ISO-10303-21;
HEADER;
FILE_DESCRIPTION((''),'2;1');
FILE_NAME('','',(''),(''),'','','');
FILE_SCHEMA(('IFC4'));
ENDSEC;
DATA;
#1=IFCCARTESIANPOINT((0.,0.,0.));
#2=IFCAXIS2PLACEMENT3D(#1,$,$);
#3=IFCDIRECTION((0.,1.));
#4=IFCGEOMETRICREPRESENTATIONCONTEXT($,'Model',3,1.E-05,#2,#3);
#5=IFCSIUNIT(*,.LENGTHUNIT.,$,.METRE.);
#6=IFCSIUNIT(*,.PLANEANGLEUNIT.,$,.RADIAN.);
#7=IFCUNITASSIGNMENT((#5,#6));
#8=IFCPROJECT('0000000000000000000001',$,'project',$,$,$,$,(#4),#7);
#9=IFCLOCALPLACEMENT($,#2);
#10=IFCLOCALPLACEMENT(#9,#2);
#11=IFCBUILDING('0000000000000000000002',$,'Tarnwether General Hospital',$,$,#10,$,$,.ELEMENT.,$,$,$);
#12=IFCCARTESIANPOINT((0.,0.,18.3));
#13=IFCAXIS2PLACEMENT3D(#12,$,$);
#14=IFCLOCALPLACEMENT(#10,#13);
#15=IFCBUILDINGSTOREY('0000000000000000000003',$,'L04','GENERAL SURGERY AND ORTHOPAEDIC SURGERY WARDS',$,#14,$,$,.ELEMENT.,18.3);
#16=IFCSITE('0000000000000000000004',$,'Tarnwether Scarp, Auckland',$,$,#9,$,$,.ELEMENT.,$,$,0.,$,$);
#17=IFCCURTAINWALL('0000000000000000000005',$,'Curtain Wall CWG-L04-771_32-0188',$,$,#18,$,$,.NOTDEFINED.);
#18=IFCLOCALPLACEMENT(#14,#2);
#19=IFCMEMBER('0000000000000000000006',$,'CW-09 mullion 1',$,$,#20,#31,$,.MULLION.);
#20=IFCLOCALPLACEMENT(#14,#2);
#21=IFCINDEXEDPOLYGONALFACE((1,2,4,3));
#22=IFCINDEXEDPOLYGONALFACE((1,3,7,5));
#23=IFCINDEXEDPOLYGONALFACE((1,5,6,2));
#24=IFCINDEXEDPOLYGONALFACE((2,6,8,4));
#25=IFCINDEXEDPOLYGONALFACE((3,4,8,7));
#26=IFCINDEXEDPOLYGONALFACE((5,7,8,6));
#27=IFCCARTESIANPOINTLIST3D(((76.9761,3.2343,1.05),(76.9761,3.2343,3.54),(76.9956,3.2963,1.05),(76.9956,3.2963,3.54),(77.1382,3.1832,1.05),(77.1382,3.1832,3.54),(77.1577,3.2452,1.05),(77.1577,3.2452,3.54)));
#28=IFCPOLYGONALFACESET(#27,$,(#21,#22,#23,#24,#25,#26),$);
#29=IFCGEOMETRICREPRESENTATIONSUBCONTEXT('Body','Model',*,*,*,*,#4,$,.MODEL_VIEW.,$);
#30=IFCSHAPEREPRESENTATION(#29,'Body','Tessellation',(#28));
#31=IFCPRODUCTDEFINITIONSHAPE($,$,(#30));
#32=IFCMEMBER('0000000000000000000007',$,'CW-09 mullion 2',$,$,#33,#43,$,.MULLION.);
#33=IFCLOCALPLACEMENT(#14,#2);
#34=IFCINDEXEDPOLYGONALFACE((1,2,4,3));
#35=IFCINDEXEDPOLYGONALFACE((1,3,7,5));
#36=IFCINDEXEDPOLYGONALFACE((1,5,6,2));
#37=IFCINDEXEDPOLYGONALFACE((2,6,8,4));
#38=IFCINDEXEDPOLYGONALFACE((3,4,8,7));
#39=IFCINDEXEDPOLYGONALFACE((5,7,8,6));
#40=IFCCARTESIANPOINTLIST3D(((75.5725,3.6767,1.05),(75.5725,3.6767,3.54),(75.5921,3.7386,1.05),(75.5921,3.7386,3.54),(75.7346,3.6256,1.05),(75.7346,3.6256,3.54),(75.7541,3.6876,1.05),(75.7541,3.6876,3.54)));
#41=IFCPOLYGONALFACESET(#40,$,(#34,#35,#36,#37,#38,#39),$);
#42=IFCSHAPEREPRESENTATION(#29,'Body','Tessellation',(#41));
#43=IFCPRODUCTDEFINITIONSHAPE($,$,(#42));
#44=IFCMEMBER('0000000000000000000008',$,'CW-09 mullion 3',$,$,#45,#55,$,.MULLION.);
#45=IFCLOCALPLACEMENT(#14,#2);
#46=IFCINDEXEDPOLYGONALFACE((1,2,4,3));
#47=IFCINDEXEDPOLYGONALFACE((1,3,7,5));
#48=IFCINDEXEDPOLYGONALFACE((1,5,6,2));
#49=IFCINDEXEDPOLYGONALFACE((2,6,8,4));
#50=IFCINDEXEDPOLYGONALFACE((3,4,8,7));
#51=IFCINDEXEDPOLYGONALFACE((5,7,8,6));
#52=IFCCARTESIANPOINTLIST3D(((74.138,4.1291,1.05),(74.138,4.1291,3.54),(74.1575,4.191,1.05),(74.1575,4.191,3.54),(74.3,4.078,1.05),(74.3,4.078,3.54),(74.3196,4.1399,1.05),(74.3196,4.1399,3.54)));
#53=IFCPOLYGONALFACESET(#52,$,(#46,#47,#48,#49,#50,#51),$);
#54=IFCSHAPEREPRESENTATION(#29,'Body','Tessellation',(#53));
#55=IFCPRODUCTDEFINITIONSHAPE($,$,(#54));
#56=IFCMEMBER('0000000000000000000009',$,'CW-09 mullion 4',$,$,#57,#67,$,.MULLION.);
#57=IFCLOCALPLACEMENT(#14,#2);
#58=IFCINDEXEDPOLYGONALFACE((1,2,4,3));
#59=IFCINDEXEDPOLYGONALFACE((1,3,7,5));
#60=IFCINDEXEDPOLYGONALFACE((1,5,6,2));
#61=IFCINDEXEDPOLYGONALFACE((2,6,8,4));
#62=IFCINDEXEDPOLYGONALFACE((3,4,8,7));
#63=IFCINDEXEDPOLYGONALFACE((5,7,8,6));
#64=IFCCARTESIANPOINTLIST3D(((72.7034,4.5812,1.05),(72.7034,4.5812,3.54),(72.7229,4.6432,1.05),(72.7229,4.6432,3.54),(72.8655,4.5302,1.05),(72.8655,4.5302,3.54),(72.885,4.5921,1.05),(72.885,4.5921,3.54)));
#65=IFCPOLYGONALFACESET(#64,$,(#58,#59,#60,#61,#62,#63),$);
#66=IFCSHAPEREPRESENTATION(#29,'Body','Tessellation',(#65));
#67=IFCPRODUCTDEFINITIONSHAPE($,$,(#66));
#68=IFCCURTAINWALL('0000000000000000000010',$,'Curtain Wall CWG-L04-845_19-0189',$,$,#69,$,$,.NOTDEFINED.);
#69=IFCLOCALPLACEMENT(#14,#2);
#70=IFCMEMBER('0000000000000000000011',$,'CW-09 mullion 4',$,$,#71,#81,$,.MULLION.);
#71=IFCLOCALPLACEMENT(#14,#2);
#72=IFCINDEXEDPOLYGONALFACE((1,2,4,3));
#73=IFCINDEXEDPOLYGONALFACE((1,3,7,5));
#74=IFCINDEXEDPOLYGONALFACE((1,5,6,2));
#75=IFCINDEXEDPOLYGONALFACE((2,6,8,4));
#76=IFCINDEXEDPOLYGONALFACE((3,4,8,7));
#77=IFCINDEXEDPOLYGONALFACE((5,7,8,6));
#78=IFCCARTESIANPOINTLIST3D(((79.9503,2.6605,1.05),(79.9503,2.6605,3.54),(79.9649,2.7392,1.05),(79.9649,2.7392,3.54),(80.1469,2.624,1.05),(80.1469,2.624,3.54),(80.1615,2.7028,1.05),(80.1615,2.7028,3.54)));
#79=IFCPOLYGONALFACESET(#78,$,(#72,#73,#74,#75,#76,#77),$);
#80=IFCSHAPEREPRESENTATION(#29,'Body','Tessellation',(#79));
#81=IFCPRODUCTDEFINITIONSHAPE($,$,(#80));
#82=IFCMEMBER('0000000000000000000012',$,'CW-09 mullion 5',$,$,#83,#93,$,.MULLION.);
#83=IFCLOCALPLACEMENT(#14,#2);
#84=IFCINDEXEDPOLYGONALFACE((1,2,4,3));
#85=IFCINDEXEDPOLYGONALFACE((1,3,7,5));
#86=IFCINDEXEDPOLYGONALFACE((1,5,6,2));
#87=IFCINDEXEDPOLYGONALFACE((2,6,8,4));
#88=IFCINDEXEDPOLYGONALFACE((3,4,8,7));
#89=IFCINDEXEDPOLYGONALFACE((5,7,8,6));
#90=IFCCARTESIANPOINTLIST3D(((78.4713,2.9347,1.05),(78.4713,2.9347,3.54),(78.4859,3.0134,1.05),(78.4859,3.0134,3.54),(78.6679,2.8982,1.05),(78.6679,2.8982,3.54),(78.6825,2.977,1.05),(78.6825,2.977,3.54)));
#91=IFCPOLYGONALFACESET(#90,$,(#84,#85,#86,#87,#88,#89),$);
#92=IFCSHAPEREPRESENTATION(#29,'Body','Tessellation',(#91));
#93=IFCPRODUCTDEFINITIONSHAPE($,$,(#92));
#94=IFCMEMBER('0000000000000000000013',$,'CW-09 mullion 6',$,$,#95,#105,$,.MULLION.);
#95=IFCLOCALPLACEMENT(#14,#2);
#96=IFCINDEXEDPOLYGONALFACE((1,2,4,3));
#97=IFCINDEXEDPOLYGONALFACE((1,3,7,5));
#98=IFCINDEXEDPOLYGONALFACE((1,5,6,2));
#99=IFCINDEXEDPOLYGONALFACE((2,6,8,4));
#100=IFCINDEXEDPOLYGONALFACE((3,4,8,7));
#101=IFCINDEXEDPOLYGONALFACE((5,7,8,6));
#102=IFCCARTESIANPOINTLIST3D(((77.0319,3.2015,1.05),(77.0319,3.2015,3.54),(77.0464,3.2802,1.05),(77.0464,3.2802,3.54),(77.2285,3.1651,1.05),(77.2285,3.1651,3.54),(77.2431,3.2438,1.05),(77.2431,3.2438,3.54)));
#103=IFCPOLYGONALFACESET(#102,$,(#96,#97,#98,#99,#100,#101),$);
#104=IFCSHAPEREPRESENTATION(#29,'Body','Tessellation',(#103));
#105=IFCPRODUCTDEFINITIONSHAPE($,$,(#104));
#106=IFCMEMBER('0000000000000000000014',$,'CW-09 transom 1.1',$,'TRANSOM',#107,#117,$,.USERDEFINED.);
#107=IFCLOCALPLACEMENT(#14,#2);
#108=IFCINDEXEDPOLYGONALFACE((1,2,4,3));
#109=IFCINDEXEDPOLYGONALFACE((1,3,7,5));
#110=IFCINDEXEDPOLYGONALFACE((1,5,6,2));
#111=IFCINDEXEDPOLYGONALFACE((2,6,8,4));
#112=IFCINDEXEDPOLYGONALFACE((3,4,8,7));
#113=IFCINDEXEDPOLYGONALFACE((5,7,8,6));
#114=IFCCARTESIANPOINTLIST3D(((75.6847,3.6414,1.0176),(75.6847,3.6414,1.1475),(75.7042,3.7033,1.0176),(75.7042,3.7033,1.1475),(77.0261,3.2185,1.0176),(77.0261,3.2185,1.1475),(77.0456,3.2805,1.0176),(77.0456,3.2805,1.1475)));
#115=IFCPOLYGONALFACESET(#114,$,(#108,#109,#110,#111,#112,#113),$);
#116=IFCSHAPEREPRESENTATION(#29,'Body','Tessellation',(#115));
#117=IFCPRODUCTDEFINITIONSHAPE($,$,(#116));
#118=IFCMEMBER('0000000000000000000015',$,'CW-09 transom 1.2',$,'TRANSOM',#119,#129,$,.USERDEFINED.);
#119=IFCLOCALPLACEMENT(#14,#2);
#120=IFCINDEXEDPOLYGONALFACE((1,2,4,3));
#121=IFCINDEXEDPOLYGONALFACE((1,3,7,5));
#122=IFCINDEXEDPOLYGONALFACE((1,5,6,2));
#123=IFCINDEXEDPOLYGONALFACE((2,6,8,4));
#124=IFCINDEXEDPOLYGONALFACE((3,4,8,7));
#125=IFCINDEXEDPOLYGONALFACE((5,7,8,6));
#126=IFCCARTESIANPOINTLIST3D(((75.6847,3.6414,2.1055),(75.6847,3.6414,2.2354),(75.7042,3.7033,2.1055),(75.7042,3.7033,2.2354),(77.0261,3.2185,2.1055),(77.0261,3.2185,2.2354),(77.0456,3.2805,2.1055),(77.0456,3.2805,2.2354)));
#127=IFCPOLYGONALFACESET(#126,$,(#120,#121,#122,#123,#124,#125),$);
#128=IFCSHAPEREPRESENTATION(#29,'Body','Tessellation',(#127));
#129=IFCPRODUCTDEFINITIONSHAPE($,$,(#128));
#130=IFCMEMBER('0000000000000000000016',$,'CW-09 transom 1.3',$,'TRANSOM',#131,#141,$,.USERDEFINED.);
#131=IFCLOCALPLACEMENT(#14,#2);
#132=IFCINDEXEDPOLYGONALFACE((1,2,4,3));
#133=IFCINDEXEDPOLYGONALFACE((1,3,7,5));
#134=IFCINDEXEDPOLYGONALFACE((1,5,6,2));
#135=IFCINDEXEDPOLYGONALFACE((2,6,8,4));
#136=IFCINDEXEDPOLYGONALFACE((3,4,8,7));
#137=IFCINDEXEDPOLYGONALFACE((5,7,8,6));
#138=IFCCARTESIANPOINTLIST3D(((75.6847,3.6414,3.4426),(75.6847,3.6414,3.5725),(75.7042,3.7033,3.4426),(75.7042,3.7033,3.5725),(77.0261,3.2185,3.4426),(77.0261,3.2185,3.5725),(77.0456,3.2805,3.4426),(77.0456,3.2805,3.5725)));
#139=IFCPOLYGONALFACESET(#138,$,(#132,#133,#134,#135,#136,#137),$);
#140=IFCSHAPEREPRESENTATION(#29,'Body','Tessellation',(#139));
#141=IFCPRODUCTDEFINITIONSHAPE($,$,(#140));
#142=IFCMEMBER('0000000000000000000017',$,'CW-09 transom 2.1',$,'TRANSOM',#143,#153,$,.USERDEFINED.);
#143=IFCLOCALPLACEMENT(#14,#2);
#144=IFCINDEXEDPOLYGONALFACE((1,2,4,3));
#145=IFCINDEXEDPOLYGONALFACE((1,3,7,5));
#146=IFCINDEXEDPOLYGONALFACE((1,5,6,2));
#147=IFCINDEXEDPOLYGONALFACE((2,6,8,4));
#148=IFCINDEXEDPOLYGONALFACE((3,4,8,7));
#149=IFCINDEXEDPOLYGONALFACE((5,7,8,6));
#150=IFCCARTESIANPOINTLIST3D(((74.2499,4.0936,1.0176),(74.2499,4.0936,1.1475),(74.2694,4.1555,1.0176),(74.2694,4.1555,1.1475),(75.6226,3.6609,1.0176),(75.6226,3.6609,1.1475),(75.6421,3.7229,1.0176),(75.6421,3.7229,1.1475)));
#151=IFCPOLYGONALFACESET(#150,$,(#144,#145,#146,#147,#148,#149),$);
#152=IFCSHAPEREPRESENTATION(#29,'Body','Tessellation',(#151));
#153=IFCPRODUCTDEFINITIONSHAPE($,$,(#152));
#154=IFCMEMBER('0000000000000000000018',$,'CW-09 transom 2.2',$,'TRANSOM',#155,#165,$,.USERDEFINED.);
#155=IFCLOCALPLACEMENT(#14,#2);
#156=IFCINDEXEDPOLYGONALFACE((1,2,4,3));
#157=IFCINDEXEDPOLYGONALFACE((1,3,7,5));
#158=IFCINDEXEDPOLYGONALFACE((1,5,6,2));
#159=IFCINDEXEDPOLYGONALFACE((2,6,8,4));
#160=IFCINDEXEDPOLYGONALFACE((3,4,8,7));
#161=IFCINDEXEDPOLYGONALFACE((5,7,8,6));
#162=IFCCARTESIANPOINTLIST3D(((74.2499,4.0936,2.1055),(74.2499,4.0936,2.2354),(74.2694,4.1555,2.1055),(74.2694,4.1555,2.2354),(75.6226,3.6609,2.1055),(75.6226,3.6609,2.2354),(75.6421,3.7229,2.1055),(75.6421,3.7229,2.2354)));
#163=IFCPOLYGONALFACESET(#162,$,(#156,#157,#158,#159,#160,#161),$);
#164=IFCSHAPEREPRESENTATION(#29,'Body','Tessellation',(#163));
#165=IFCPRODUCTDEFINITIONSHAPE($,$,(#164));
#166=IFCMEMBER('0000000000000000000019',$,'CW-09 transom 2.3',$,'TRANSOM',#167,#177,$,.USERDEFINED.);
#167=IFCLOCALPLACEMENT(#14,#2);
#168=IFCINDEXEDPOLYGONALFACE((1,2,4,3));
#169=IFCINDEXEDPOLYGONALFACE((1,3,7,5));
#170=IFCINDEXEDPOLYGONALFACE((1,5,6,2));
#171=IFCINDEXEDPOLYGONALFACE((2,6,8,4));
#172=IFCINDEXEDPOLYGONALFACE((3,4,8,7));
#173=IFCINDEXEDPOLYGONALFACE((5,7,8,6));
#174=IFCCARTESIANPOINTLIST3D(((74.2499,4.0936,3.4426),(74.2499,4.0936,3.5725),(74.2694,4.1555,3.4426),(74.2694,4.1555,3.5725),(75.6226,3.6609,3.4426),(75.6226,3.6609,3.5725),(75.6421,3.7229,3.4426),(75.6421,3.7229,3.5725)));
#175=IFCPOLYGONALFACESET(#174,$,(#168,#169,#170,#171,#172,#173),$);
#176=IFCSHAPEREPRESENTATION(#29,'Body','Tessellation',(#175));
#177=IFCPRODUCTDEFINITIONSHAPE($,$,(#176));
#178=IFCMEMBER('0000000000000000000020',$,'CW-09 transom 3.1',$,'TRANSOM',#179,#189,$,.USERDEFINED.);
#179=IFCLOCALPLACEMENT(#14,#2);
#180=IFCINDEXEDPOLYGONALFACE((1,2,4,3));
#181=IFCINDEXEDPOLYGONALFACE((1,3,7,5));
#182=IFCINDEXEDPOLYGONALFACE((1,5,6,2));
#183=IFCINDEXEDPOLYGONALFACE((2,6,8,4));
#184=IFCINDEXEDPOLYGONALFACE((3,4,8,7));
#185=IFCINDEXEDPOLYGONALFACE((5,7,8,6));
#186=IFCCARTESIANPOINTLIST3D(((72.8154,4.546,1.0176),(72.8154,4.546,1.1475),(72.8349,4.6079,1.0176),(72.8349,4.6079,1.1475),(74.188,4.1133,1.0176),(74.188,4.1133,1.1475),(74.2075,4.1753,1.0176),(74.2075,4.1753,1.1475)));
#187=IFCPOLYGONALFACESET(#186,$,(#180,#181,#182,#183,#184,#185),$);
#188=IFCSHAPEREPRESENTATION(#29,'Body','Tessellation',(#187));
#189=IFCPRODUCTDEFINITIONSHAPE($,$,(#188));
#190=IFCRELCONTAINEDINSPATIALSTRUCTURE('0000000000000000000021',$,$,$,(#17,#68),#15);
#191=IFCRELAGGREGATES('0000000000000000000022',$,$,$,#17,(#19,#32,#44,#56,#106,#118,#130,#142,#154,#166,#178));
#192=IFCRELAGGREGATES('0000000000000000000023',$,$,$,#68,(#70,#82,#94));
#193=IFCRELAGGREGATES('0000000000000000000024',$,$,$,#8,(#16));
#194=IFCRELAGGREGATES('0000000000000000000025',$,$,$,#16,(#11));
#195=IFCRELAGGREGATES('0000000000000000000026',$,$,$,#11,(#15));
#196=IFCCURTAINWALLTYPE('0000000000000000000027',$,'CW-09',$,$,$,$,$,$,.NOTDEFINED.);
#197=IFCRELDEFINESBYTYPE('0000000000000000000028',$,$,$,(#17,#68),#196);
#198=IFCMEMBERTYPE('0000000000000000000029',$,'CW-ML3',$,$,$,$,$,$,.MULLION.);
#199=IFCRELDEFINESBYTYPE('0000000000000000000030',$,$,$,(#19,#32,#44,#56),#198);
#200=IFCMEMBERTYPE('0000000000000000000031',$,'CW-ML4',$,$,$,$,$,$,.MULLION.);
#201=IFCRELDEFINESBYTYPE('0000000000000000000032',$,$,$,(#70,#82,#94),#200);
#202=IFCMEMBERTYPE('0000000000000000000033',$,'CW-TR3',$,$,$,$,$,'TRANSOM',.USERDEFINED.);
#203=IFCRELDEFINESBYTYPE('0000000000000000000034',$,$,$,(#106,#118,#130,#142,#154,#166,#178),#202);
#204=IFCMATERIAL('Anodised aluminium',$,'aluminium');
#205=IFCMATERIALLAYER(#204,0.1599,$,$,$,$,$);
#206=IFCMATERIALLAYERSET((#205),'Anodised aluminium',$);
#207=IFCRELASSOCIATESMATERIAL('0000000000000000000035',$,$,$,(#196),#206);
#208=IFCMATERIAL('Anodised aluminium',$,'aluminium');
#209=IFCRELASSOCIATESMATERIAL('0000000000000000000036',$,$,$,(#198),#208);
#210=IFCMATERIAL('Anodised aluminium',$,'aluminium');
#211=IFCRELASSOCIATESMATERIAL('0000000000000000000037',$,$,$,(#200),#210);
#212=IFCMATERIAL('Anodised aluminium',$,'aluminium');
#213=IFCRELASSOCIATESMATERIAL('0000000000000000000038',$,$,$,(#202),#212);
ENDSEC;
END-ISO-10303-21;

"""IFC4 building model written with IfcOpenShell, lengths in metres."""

from ifc_helpers import new_model, si_unit, direction, frame, origin, origin_2d, place, context, subcontext, project, spatial, rectangle, extrude, material, layer, layer_set, material_profile, profile_set, type_object, element, aggregate, save


model = new_model("IFC4")

# Units and contexts
model_context = context("Model", 3, precision=1e-05, world=origin(), true_north=direction((0.0, 1.0)))
body_context = subcontext(model_context, "Body", "Model", "MODEL_VIEW")
ifc_project = project(units=[si_unit("LENGTHUNIT", "METRE"), si_unit("PLANEANGLEUNIT", "RADIAN")], contexts=[model_context])

# Site, building, storey
site_placement = place(None, origin())
site = spatial("IfcSite", under=ifc_project, at=site_placement, Name="Tarnwether Scarp, Auckland", CompositionType="ELEMENT", RefElevation=0.0)
building_placement = place(site_placement, origin())
building = spatial("IfcBuilding", under=site, at=building_placement, Name="Tarnwether General Hospital", CompositionType="ELEMENT")
storey_placement = place(building_placement, frame((0.0, 0.0, 18.3)))
storey = spatial("IfcBuildingStorey", under=building, at=storey_placement, Name="L04", Description="GENERAL SURGERY AND ORTHOPAEDIC SURGERY WARDS", CompositionType="ELEMENT", Elevation=18.3)

# Curtain walls, members
ifc_material_1 = material(Name="Anodised aluminium", Category="aluminium")
ifc_layer_1 = layer(ifc_material_1, 0.1599)
ifc_layer_set_1 = layer_set([ifc_layer_1], Name="Anodised aluminium")
curtain_wall_type = type_object("IfcCurtainWallType", Name="CW-09", PredefinedType="NOTDEFINED", material=ifc_layer_set_1)
curtain_wall_1_placement = place(storey_placement, origin())
curtain_wall_1 = element("IfcCurtainWall", 1, at=curtain_wall_1_placement, inside=storey, type_object=curtain_wall_type, Name="Curtain Wall CWG-L04-771_32-0188", PredefinedType="NOTDEFINED")
ifc_material_2 = material(Name="Anodised aluminium", Category="aluminium")
ifc_material_profile_1 = material_profile(ifc_material_2, rectangle(XDim=0.0649, YDim=0.1699, at=origin_2d()), Name="ALU-MUL-65x170")
ifc_profile_set_1 = profile_set([ifc_material_profile_1], Name="Anodised aluminium")
member_type_1 = type_object("IfcMemberType", Name="CW-ML3", PredefinedType="MULLION", material=ifc_profile_set_1)
member_1_placement = place(storey_placement, frame((77.0669, 3.2397, 1.05), z_axis=(0.0, 0.0, 1.0), x_axis=(-0.300629, -0.953741, 0.0)))
member_1 = element("IfcMember", 2, at=member_1_placement, type_object=member_type_1, Name="CW-09 mullion 1", PredefinedType="MULLION", context=body_context, shape_type="SweptSolid", body=[
    extrude(rectangle(XDim=0.0649, YDim=0.1699, at=origin_2d()), origin(), (0.0, 0.0, 1.0), 2.49),
])
member_2_placement = place(storey_placement, frame((75.6633, 3.6821, 1.05), z_axis=(0.0, 0.0, 1.0), x_axis=(-0.300629, -0.953741, 0.0)))
member_2 = element("IfcMember", 3, at=member_2_placement, type_object=member_type_1, Name="CW-09 mullion 2", PredefinedType="MULLION", context=body_context, shape_type="SweptSolid", body=[
    extrude(rectangle(XDim=0.0649, YDim=0.1699, at=origin_2d()), origin(), (0.0, 0.0, 1.0), 2.49),
])
member_3_placement = place(storey_placement, frame((74.2288, 4.1345, 1.05), z_axis=(0.0, 0.0, 1.0), x_axis=(-0.300629, -0.953741, 0.0)))
member_3 = element("IfcMember", 4, at=member_3_placement, type_object=member_type_1, Name="CW-09 mullion 3", PredefinedType="MULLION", context=body_context, shape_type="SweptSolid", body=[
    extrude(rectangle(XDim=0.0649, YDim=0.1699, at=origin_2d()), origin(), (0.0, 0.0, 1.0), 2.49),
])
member_4_placement = place(storey_placement, frame((72.7942, 4.5867, 1.05), z_axis=(0.0, 0.0, 1.0), x_axis=(-0.300629, -0.953741, 0.0)))
member_4 = element("IfcMember", 5, at=member_4_placement, type_object=member_type_1, Name="CW-09 mullion 4", PredefinedType="MULLION", context=body_context, shape_type="SweptSolid", body=[
    extrude(rectangle(XDim=0.0649, YDim=0.1699, at=origin_2d()), origin(), (0.0, 0.0, 1.0), 2.49),
])
curtain_wall_2_placement = place(storey_placement, origin())
curtain_wall_2 = element("IfcCurtainWall", 6, at=curtain_wall_2_placement, inside=storey, type_object=curtain_wall_type, Name="Curtain Wall CWG-L04-845_19-0189", PredefinedType="NOTDEFINED")
ifc_material_3 = material(Name="Anodised aluminium", Category="aluminium")
ifc_material_profile_2 = material_profile(ifc_material_3, rectangle(XDim=0.0801, YDim=0.2, at=origin_2d()), Name="ALU-MUL-80x200")
ifc_profile_set_2 = profile_set([ifc_material_profile_2], Name="Anodised aluminium")
member_type_2 = type_object("IfcMemberType", Name="CW-ML4", PredefinedType="MULLION", material=ifc_profile_set_2)
member_5_placement = place(storey_placement, frame((80.0559, 2.6816, 1.05), z_axis=(0.0, 0.0, 1.0), x_axis=(-0.182289, -0.983245, 0.0)))
member_5 = element("IfcMember", 7, at=member_5_placement, type_object=member_type_2, Name="CW-09 mullion 4", PredefinedType="MULLION", context=body_context, shape_type="SweptSolid", body=[
    extrude(rectangle(XDim=0.0801, YDim=0.2, at=origin_2d()), origin(), (0.0, 0.0, 1.0), 2.49),
])
member_6_placement = place(storey_placement, frame((78.5769, 2.9558, 1.05), z_axis=(0.0, 0.0, 1.0), x_axis=(-0.182289, -0.983245, 0.0)))
member_6 = element("IfcMember", 8, at=member_6_placement, type_object=member_type_2, Name="CW-09 mullion 5", PredefinedType="MULLION", context=body_context, shape_type="SweptSolid", body=[
    extrude(rectangle(XDim=0.0801, YDim=0.2, at=origin_2d()), origin(), (0.0, 0.0, 1.0), 2.49),
])
member_7_placement = place(storey_placement, frame((77.1375, 3.2227, 1.05), z_axis=(0.0, 0.0, 1.0), x_axis=(-0.182289, -0.983245, 0.0)))
member_7 = element("IfcMember", 9, at=member_7_placement, type_object=member_type_2, Name="CW-09 mullion 6", PredefinedType="MULLION", context=body_context, shape_type="SweptSolid", body=[
    extrude(rectangle(XDim=0.0801, YDim=0.2, at=origin_2d()), origin(), (0.0, 0.0, 1.0), 2.49),
])

# Members
ifc_material_4 = material(Name="Anodised aluminium", Category="aluminium")
ifc_material_profile_3 = material_profile(ifc_material_4, rectangle(XDim=0.0649, YDim=0.1299, at=origin_2d()), Name="ALU-TRN-65x130")
ifc_profile_set_3 = profile_set([ifc_material_profile_3], Name="Anodised aluminium")
member_type_3 = type_object("IfcMemberType", Name="CW-TR3", ElementType="TRANSOM", PredefinedType="USERDEFINED", material=ifc_profile_set_3)
member_8_placement = place(storey_placement, frame((77.0359, 3.2495, 1.0825), z_axis=(-0.953745, 0.300616, 0.0), x_axis=(-0.300616, -0.953745, 0.0)))
member_8 = element("IfcMember", 10, at=member_8_placement, type_object=member_type_3, Name="CW-09 transom 1.1", ObjectType="TRANSOM", PredefinedType="USERDEFINED", context=body_context, shape_type="SweptSolid", body=[
    extrude(rectangle(XDim=0.0649, YDim=0.1299, at=origin_2d()), origin(), (0.0, 0.0, 1.0), 1.4065),
])
member_9_placement = place(storey_placement, frame((77.0359, 3.2495, 2.1704), z_axis=(-0.953745, 0.300616, 0.0), x_axis=(-0.300616, -0.953745, 0.0)))
member_9 = element("IfcMember", 11, at=member_9_placement, type_object=member_type_3, Name="CW-09 transom 1.2", ObjectType="TRANSOM", PredefinedType="USERDEFINED", context=body_context, shape_type="SweptSolid", body=[
    extrude(rectangle(XDim=0.0649, YDim=0.1299, at=origin_2d()), origin(), (0.0, 0.0, 1.0), 1.4065),
])
member_10_placement = place(storey_placement, frame((77.0359, 3.2495, 3.5076), z_axis=(-0.953745, 0.300616, 0.0), x_axis=(-0.300616, -0.953745, 0.0)))
member_10 = element("IfcMember", 12, at=member_10_placement, type_object=member_type_3, Name="CW-09 transom 1.3", ObjectType="TRANSOM", PredefinedType="USERDEFINED", context=body_context, shape_type="SweptSolid", body=[
    extrude(rectangle(XDim=0.0649, YDim=0.1299, at=origin_2d()), origin(), (0.0, 0.0, 1.0), 1.4065),
])
member_11_placement = place(storey_placement, frame((75.6323, 3.6919, 1.0825), z_axis=(-0.953747, 0.300612, 0.0), x_axis=(-0.300612, -0.953747, 0.0)))
member_11 = element("IfcMember", 13, at=member_11_placement, type_object=member_type_3, Name="CW-09 transom 2.1", ObjectType="TRANSOM", PredefinedType="USERDEFINED", context=body_context, shape_type="SweptSolid", body=[
    extrude(rectangle(XDim=0.0649, YDim=0.1299, at=origin_2d()), origin(), (0.0, 0.0, 1.0), 1.4392),
])
member_12_placement = place(storey_placement, frame((75.6323, 3.6919, 2.1704), z_axis=(-0.953747, 0.300612, 0.0), x_axis=(-0.300612, -0.953747, 0.0)))
member_12 = element("IfcMember", 14, at=member_12_placement, type_object=member_type_3, Name="CW-09 transom 2.2", ObjectType="TRANSOM", PredefinedType="USERDEFINED", context=body_context, shape_type="SweptSolid", body=[
    extrude(rectangle(XDim=0.0649, YDim=0.1299, at=origin_2d()), origin(), (0.0, 0.0, 1.0), 1.4392),
])
member_13_placement = place(storey_placement, frame((75.6323, 3.6919, 3.5076), z_axis=(-0.953747, 0.300612, 0.0), x_axis=(-0.300612, -0.953747, 0.0)))
member_13 = element("IfcMember", 15, at=member_13_placement, type_object=member_type_3, Name="CW-09 transom 2.3", ObjectType="TRANSOM", PredefinedType="USERDEFINED", context=body_context, shape_type="SweptSolid", body=[
    extrude(rectangle(XDim=0.0649, YDim=0.1299, at=origin_2d()), origin(), (0.0, 0.0, 1.0), 1.4392),
])
member_14_placement = place(storey_placement, frame((74.1978, 4.1443, 1.0825), z_axis=(-0.953747, 0.300612, 0.0), x_axis=(-0.300612, -0.953747, 0.0)))
member_14 = element("IfcMember", 16, at=member_14_placement, type_object=member_type_3, Name="CW-09 transom 3.1", ObjectType="TRANSOM", PredefinedType="USERDEFINED", context=body_context, shape_type="SweptSolid", body=[
    extrude(rectangle(XDim=0.0649, YDim=0.1299, at=origin_2d()), origin(), (0.0, 0.0, 1.0), 1.4392),
])

aggregate(curtain_wall_1, [member_1, member_2, member_3, member_4, member_8, member_9, member_10, member_11, member_12, member_13, member_14])
aggregate(curtain_wall_2, [member_5, member_6, member_7])

save(model, "model.ifc")
